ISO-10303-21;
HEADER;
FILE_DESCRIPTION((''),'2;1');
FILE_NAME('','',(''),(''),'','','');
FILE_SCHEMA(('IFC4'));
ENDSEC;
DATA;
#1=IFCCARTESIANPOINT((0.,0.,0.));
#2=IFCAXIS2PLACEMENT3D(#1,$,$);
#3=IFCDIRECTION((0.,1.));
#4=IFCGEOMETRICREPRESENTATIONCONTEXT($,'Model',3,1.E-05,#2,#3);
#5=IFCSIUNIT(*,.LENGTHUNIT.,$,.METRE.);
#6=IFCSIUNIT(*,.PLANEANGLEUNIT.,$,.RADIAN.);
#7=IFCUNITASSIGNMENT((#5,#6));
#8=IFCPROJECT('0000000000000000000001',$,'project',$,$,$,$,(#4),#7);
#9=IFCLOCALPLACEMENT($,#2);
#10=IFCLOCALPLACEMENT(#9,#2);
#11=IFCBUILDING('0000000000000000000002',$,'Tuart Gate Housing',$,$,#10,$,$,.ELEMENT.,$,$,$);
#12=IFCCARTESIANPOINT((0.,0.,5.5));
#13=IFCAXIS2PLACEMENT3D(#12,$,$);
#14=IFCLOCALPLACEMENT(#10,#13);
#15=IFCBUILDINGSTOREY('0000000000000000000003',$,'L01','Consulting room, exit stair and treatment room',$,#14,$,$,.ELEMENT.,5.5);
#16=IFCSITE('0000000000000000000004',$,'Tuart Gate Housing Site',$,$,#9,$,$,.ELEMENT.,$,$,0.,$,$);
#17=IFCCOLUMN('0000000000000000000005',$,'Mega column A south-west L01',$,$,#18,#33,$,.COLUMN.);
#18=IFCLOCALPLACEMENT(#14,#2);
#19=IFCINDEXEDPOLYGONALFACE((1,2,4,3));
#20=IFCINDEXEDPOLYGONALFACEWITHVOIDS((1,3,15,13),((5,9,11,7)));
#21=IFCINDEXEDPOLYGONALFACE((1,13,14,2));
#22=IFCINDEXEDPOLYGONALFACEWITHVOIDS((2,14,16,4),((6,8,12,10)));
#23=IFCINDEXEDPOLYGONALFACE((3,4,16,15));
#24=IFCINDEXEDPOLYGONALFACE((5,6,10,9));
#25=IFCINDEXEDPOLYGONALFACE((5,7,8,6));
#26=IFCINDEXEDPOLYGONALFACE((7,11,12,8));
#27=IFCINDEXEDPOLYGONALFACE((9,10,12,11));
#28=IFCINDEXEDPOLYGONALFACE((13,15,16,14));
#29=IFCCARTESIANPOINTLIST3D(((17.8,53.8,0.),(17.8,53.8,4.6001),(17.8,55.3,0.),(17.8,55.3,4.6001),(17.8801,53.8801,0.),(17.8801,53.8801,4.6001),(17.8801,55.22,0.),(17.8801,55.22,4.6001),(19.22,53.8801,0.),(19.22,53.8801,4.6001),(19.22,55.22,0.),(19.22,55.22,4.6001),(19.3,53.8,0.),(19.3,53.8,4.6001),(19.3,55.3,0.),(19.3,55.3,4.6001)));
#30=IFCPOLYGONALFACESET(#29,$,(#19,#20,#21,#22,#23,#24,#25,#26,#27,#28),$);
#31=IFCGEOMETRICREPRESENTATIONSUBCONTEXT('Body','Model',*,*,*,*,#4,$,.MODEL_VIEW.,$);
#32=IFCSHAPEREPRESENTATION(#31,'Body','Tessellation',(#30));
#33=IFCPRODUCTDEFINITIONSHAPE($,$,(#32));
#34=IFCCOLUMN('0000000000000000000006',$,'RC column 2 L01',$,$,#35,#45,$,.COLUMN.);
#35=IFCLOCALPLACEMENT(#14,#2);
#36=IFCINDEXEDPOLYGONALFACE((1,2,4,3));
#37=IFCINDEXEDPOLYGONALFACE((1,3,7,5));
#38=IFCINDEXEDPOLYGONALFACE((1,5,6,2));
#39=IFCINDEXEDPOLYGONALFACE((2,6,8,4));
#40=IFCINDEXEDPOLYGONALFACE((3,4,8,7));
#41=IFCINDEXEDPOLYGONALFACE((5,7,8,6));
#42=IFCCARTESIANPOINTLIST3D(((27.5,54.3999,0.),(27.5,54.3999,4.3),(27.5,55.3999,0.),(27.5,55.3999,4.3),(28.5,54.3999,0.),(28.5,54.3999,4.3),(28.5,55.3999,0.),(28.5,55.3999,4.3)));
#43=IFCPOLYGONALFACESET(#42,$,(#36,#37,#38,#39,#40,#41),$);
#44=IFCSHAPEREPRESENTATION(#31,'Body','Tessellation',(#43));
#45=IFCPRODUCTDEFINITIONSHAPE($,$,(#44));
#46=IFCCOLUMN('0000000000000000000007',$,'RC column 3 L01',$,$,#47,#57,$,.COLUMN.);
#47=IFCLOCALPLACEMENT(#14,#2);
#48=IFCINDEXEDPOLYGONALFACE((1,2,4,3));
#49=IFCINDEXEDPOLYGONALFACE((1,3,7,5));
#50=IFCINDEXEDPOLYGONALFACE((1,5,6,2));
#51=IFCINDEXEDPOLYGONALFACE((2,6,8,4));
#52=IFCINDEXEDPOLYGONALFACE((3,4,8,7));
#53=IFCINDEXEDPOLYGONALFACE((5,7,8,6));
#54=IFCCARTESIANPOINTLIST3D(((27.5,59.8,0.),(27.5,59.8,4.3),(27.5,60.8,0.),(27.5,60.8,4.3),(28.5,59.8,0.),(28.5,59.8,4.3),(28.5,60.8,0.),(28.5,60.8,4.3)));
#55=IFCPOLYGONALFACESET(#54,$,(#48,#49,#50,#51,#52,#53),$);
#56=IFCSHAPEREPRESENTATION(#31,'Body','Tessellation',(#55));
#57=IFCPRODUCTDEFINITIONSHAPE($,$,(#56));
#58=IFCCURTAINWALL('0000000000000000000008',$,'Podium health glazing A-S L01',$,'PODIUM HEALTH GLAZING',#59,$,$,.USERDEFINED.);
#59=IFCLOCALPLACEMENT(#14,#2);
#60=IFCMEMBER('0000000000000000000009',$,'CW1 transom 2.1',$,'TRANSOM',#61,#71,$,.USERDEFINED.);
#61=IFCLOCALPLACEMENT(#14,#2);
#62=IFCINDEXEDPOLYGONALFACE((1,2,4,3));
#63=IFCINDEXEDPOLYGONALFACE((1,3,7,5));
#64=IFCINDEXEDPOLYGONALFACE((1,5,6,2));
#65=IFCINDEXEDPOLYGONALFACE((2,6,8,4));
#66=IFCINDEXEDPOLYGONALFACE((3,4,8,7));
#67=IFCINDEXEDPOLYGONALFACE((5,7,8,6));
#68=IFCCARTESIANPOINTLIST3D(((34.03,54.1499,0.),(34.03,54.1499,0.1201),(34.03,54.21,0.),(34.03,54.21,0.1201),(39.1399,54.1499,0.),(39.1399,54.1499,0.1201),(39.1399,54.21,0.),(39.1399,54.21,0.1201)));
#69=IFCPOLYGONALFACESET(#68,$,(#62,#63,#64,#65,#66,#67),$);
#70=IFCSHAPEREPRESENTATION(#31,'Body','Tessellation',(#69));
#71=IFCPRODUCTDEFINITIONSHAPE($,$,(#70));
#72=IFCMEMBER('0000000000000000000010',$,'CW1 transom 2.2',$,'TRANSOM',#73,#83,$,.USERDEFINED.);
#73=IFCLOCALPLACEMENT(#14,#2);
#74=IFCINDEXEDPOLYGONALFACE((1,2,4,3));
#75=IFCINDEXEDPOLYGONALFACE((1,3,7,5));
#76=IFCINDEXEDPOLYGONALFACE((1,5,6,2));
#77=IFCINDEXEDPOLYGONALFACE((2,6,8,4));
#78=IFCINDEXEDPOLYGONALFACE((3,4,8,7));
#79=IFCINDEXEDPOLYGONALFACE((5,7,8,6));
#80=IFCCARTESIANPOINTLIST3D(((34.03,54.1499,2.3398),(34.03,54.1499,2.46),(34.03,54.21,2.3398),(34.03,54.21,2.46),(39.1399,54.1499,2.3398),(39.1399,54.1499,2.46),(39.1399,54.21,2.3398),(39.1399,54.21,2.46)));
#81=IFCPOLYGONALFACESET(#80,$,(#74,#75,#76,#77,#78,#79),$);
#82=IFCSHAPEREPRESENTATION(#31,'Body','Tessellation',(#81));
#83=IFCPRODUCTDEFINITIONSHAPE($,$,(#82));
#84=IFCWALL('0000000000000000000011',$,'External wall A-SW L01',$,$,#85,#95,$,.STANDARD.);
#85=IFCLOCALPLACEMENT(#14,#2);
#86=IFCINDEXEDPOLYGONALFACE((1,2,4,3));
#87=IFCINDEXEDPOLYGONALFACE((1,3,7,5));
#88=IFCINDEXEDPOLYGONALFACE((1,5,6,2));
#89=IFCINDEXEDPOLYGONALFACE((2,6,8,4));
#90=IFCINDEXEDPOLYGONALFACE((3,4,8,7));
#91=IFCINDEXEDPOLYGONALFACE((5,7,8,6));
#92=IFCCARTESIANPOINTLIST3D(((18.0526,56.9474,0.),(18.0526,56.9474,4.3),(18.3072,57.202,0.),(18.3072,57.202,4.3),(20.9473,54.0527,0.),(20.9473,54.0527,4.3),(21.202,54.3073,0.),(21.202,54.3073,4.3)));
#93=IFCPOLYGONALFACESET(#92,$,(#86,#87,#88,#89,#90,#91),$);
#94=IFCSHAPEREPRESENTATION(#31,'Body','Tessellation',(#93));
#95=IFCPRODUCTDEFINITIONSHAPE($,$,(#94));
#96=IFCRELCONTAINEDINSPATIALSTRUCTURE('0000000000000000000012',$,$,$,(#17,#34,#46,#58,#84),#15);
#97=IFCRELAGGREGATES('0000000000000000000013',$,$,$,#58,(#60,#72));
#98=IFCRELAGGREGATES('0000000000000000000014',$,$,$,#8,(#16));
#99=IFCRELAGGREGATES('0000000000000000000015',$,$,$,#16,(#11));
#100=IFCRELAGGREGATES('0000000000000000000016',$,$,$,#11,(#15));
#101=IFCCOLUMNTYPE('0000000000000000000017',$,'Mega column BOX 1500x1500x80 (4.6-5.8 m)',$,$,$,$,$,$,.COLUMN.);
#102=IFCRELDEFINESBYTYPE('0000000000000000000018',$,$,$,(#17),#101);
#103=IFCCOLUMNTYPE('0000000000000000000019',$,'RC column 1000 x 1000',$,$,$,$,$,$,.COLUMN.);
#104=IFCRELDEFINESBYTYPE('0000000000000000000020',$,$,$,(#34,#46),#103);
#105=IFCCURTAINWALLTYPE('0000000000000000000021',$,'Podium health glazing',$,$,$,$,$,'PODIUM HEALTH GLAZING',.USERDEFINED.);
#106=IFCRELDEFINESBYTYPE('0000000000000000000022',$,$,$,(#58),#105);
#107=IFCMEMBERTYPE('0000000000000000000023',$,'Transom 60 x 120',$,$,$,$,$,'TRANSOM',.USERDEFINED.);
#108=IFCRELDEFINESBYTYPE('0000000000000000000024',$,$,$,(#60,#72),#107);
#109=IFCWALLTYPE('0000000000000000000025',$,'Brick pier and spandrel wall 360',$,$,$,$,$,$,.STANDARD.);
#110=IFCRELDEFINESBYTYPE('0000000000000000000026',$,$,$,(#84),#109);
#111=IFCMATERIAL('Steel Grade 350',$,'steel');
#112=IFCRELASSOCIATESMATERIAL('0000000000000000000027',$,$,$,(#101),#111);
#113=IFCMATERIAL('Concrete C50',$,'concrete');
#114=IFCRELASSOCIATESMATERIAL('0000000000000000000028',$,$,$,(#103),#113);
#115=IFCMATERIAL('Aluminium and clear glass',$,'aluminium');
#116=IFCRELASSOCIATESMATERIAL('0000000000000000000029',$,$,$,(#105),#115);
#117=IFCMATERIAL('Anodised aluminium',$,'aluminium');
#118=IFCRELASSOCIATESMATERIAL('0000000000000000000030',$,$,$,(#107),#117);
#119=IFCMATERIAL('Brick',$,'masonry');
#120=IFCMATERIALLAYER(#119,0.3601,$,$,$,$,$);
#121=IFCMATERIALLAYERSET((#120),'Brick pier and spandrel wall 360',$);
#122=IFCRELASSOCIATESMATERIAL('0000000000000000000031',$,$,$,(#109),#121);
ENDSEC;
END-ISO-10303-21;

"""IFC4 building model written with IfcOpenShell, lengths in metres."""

from ifc_helpers import new_model, si_unit, direction, frame, frame_2d, origin, origin_2d, place, context, subcontext, project, spatial, rectangle, hollow_rectangle, extrude, material, layer, layer_set, material_profile, profile_set, type_object, element, aggregate, save


model = new_model("IFC4")

# Units and contexts
model_context = context("Model", 3, precision=1e-05, world=origin(), true_north=direction((0.0, 1.0)))
body_context = subcontext(model_context, "Body", "Model", "MODEL_VIEW")
ifc_project = project(units=[si_unit("LENGTHUNIT", "METRE"), si_unit("PLANEANGLEUNIT", "RADIAN")], contexts=[model_context])

# Site, building, storey
site_placement = place(None, origin())
site = spatial("IfcSite", under=ifc_project, at=site_placement, Name="Tuart Gate Housing Site", CompositionType="ELEMENT", RefElevation=0.0)
building_placement = place(site_placement, origin())
building = spatial("IfcBuilding", under=site, at=building_placement, Name="Tuart Gate Housing", CompositionType="ELEMENT")
storey_placement = place(building_placement, frame((0.0, 0.0, 5.5)))
storey = spatial("IfcBuildingStorey", under=building, at=storey_placement, Name="L01", Description="Consulting room, exit stair and treatment room", CompositionType="ELEMENT", Elevation=5.5)

# Columns
ifc_material_1 = material(Name="Steel Grade 350", Category="steel")
ifc_material_profile_1 = material_profile(ifc_material_1, hollow_rectangle(XDim=1.5, YDim=1.5, WallThickness=0.0801, at=origin_2d()), Name="BOX 1500x1500x80")
ifc_profile_set_1 = profile_set([ifc_material_profile_1], Name="Steel Grade 350")
column_type_1 = type_object("IfcColumnType", Name="Mega column BOX 1500x1500x80 (4.6-5.8 m)", PredefinedType="COLUMN", material=ifc_profile_set_1)
column_placement = place(storey_placement, frame((18.55, 54.55, 0.0), z_axis=(0.0, 0.0, 1.0), x_axis=(1.0, 0.0, 0.0)))
element("IfcColumn", 1, at=column_placement, inside=storey, type_object=column_type_1, Name="Mega column A south-west L01", PredefinedType="COLUMN", context=body_context, shape_type="SweptSolid", body=[
    extrude(hollow_rectangle(XDim=1.5, YDim=1.5, WallThickness=0.0801, at=origin_2d()), origin(), (0.0, 0.0, 1.0), 4.6001),
])
ifc_material_2 = material(Name="Concrete C50", Category="concrete")
ifc_material_profile_2 = material_profile(ifc_material_2, rectangle(XDim=1.0, YDim=1.0, at=origin_2d()), Name="RC column 1000 x 1000")
ifc_profile_set_2 = profile_set([ifc_material_profile_2], Name="Concrete C50")
column_type_2 = type_object("IfcColumnType", Name="RC column 1000 x 1000", PredefinedType="COLUMN", material=ifc_profile_set_2)
for number, where, z_axis, x_axis, name in (
    (2, (28.0, 54.8999, 0.0), (0.0, 0.0, 1.0), (1.0, 0.0, 0.0), "RC column 2 L01"),
    (3, (28.0, 60.3, 0.0), (0.0, 0.0, 1.0), (1.0, 0.0, 0.0), "RC column 3 L01"),
):
    element("IfcColumn", number, at=place(storey_placement, frame(where, z_axis=z_axis, x_axis=x_axis)), inside=storey, type_object=column_type_2, Name=name, PredefinedType="COLUMN", context=body_context, shape_type="SweptSolid", body=[
        extrude(rectangle(XDim=1.0, YDim=1.0, at=origin_2d()), origin(), (0.0, 0.0, 1.0), 4.3),
    ])

# Curtain wall, members
ifc_material_3 = material(Name="Aluminium and clear glass", Category="aluminium")
curtain_wall_type = type_object("IfcCurtainWallType", Name="Podium health glazing", ElementType="PODIUM HEALTH GLAZING", PredefinedType="USERDEFINED", material=ifc_material_3)
curtain_wall_placement = place(storey_placement, origin())
curtain_wall = element("IfcCurtainWall", 4, at=curtain_wall_placement, inside=storey, type_object=curtain_wall_type, Name="Podium health glazing A-S L01", ObjectType="PODIUM HEALTH GLAZING", PredefinedType="USERDEFINED")
ifc_material_4 = material(Name="Anodised aluminium", Category="aluminium")
ifc_material_profile_3 = material_profile(ifc_material_4, rectangle(XDim=0.0601, YDim=0.1201, at=origin_2d()), Name="60x120")
ifc_profile_set_3 = profile_set([ifc_material_profile_3], Name="Anodised aluminium")
member_type = type_object("IfcMemberType", Name="Transom 60 x 120", ElementType="TRANSOM", PredefinedType="USERDEFINED", material=ifc_profile_set_3)
member_1_placement = place(storey_placement, frame((34.03, 54.1799, 0.0601), z_axis=(1.0, 0.0, 0.0), x_axis=(0.0, 1.0, 0.0)))
member_1 = element("IfcMember", 5, at=member_1_placement, type_object=member_type, Name="CW1 transom 2.1", ObjectType="TRANSOM", PredefinedType="USERDEFINED", context=body_context, shape_type="SweptSolid", body=[
    extrude(rectangle(XDim=0.0601, YDim=0.1201, at=origin_2d()), origin(), (0.0, 0.0, 1.0), 5.1099),
])
member_2_placement = place(storey_placement, frame((34.03, 54.1799, 2.3999), z_axis=(1.0, 0.0, 0.0), x_axis=(0.0, 1.0, 0.0)))
member_2 = element("IfcMember", 6, at=member_2_placement, type_object=member_type, Name="CW1 transom 2.2", ObjectType="TRANSOM", PredefinedType="USERDEFINED", context=body_context, shape_type="SweptSolid", body=[
    extrude(rectangle(XDim=0.0601, YDim=0.1201, at=origin_2d()), origin(), (0.0, 0.0, 1.0), 5.1099),
])
aggregate(curtain_wall, [member_1, member_2])

# Wall
ifc_material_5 = material(Name="Brick", Category="masonry")
ifc_layer_1 = layer(ifc_material_5, 0.3601)
ifc_layer_set_1 = layer_set([ifc_layer_1], Name="Brick pier and spandrel wall 360")
wall_type_1 = type_object("IfcWallType", Name="Brick pier and spandrel wall 360", PredefinedType="STANDARD", material=ifc_layer_set_1)
wall_1_placement = place(storey_placement, frame((18.1799, 57.0747, 0.0), z_axis=(0.0, 0.0, 1.0), x_axis=(0.707107, -0.707107, 0.0)))
element("IfcWall", 7, at=wall_1_placement, inside=storey, type_object=wall_type_1, Name="External wall A-SW L01", PredefinedType="STANDARD", context=body_context, shape_type="SweptSolid", body=[
    extrude(rectangle(XDim=4.0938, YDim=0.3601, at=frame_2d((2.0469, 0.0))), origin(), (0.0, 0.0, 1.0), 4.3),
])

save(model, "model.ifc")
